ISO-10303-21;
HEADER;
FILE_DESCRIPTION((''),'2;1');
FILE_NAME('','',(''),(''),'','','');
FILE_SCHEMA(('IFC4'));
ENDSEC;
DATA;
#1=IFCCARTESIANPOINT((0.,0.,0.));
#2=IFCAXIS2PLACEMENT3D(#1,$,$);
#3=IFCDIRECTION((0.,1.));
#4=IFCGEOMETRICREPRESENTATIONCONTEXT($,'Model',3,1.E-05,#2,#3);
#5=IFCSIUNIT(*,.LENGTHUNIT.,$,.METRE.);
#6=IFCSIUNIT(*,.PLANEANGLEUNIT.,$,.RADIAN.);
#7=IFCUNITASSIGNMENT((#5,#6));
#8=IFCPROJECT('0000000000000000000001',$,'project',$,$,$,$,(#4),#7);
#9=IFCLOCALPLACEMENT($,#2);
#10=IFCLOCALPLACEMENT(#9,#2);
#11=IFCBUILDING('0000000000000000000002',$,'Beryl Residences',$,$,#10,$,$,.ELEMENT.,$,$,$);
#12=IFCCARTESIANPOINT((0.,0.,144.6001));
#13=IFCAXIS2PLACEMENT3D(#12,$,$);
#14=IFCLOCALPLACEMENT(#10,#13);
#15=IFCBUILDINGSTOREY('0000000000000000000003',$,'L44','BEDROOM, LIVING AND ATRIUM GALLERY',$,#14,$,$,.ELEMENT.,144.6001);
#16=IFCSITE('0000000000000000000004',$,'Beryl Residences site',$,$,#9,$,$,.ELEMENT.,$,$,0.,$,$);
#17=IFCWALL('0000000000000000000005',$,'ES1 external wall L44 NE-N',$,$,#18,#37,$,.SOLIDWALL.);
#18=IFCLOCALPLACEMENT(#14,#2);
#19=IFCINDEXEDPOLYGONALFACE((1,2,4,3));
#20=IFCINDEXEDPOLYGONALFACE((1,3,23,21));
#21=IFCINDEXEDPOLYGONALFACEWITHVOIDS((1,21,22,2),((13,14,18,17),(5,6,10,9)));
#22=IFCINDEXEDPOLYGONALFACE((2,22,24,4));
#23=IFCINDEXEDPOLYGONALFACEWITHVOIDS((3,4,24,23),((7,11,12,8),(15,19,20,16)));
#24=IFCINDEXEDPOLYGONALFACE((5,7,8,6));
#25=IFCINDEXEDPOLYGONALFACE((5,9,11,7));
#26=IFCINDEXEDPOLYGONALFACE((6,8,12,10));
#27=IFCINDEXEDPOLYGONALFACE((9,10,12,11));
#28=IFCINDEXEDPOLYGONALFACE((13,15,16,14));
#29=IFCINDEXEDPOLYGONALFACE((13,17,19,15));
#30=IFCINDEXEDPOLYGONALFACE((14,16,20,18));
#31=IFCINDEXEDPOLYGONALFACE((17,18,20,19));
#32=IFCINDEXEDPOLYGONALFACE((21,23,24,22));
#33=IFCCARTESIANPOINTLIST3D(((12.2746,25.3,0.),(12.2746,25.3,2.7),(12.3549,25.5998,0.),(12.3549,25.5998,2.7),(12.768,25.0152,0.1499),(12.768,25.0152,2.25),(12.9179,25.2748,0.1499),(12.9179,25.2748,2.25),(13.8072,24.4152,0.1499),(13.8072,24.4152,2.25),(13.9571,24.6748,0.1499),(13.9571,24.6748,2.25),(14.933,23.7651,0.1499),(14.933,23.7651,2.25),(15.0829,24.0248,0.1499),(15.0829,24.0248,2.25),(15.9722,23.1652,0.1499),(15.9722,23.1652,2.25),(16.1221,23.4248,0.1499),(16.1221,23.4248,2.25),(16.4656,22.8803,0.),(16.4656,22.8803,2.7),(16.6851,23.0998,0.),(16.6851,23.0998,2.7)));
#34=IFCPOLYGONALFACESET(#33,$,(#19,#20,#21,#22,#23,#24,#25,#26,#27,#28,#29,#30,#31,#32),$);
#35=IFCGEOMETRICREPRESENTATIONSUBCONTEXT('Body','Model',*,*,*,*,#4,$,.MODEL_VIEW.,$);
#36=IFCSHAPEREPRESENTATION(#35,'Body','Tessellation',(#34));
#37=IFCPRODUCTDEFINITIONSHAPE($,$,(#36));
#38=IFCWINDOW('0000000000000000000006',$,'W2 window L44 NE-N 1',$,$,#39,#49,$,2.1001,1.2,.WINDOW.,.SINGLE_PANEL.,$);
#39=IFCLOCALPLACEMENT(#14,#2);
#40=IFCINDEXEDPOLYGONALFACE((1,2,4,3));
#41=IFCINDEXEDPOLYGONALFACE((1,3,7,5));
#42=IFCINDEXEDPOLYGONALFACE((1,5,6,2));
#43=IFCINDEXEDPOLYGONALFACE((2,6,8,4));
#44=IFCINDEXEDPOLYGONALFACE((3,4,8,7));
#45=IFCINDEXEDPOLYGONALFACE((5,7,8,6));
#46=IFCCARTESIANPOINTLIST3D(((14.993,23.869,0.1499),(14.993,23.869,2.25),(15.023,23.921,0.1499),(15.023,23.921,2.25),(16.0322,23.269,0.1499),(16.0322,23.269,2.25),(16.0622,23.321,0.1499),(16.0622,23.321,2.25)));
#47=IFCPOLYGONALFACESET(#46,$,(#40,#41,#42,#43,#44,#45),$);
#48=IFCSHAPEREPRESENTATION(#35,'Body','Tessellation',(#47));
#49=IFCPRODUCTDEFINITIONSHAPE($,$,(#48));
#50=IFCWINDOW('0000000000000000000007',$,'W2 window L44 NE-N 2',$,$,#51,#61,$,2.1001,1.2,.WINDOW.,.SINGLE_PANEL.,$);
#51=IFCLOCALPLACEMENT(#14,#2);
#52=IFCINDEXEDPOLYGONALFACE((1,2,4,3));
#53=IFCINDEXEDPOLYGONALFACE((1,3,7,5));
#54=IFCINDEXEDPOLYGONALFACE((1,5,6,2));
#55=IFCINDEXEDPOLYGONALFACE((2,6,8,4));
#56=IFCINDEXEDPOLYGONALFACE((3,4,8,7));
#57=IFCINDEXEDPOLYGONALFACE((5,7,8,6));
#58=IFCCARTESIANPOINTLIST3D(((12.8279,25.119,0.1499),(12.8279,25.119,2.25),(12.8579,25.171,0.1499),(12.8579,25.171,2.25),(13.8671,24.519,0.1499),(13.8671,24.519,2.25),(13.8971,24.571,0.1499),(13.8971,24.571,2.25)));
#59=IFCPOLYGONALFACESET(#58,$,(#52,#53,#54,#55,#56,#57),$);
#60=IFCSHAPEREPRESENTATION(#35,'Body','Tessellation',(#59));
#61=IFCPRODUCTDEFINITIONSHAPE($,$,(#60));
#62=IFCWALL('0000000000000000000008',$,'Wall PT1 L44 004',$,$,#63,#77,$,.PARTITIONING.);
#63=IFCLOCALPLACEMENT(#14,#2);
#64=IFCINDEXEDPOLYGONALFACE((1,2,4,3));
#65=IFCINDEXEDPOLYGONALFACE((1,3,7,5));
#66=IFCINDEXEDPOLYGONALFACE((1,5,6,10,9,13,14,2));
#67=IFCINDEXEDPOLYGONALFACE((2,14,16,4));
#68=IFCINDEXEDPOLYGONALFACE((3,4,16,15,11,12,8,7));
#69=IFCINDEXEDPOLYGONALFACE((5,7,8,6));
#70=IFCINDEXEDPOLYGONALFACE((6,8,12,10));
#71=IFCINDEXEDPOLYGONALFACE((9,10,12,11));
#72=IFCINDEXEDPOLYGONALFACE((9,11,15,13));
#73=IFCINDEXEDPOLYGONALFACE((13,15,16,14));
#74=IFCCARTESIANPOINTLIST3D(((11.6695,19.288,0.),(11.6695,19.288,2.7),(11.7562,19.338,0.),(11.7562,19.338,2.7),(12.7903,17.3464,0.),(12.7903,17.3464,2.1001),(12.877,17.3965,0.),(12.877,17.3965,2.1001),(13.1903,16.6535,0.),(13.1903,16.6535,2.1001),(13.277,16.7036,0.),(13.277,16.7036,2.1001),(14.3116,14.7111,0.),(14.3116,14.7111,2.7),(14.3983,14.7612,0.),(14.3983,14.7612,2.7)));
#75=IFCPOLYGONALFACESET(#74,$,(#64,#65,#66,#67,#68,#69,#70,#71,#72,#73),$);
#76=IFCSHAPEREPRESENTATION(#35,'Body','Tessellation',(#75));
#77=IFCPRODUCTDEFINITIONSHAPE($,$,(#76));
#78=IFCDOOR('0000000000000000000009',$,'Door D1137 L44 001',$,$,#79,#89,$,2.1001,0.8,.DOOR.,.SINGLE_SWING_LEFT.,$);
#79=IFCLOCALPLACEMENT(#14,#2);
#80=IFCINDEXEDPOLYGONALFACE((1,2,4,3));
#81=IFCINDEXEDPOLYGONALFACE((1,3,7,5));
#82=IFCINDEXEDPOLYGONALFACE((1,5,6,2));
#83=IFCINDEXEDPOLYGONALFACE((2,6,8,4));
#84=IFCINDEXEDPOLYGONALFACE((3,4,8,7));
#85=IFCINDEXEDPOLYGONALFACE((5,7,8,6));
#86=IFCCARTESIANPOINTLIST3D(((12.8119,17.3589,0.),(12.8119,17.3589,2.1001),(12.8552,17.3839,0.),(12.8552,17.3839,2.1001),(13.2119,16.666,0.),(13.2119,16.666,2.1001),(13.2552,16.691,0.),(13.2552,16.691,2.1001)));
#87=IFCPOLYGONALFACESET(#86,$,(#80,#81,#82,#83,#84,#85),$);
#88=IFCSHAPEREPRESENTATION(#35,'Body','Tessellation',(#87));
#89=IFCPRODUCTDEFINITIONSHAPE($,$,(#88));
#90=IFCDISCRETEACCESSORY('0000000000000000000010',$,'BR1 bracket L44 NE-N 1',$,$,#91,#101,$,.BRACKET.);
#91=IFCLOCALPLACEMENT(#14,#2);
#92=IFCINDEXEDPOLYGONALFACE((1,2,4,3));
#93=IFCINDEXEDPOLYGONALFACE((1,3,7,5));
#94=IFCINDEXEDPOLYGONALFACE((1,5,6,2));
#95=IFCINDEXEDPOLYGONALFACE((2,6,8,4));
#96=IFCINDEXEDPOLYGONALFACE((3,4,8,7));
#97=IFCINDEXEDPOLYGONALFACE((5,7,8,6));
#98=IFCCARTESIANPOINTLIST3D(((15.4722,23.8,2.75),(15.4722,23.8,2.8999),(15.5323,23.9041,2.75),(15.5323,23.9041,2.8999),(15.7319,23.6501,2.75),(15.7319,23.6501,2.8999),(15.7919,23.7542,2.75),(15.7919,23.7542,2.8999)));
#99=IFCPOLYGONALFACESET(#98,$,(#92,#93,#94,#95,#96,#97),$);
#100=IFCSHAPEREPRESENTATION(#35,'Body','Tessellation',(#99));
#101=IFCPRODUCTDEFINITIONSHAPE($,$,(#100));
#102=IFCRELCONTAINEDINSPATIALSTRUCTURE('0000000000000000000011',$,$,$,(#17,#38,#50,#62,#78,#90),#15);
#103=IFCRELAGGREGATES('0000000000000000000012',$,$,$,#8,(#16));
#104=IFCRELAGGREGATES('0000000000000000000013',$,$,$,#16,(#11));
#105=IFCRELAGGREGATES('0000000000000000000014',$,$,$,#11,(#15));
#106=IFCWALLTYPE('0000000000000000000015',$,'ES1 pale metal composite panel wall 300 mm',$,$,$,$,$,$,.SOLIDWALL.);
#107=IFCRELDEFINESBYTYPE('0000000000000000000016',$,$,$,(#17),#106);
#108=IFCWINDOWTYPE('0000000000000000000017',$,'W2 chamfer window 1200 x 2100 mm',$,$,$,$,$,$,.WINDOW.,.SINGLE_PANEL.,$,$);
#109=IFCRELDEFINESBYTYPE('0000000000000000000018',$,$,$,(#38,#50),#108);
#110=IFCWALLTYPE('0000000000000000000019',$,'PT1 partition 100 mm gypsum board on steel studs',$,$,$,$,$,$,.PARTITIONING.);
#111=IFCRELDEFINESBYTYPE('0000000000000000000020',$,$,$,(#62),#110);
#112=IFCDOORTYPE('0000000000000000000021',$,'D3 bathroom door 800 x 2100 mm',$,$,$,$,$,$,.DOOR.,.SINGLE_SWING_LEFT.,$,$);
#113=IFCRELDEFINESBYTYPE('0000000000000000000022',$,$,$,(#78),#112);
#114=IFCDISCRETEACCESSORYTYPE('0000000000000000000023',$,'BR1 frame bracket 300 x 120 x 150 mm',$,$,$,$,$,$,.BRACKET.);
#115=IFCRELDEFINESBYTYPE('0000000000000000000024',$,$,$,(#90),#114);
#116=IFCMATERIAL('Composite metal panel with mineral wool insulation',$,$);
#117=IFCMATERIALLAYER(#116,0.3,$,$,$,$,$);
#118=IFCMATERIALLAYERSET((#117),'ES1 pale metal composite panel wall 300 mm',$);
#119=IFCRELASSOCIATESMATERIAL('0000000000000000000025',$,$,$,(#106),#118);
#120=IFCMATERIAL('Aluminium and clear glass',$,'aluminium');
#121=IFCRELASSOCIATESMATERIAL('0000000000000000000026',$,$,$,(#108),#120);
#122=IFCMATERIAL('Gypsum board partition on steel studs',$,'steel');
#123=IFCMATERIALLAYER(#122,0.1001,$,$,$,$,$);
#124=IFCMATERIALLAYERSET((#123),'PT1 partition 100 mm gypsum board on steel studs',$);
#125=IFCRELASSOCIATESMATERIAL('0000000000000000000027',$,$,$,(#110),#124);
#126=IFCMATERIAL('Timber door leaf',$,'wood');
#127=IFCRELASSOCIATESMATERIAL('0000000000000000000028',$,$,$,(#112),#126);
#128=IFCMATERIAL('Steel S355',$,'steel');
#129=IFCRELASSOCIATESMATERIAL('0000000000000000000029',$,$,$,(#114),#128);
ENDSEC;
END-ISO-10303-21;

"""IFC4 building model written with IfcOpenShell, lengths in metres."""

from ifc_helpers import new_model, si_unit, direction, frame, frame_2d, origin, place, context, subcontext, project, spatial, polyline, rectangle, outline, extrude, source, transform, mapped, material, layer, layer_set, type_object, type_shapes, element, fill, save


model = new_model("IFC4")

# Units and contexts
model_context = context("Model", 3, precision=1e-05, world=origin(), true_north=direction((0.0, 1.0)))
body_context = subcontext(model_context, "Body", "Model", "MODEL_VIEW")
ifc_project = project(units=[si_unit("LENGTHUNIT", "METRE"), si_unit("PLANEANGLEUNIT", "RADIAN")], contexts=[model_context])

# Site, building, storey
site_placement = place(None, origin())
site = spatial("IfcSite", under=ifc_project, at=site_placement, Name="Beryl Residences site", CompositionType="ELEMENT", RefElevation=0.0)
building_placement = place(site_placement, origin())
building = spatial("IfcBuilding", under=site, at=building_placement, Name="Beryl Residences", CompositionType="ELEMENT")
storey_placement = place(building_placement, frame((0.0, 0.0, 144.6001)))
storey = spatial("IfcBuildingStorey", under=building, at=storey_placement, Name="L44", Description="BEDROOM, LIVING AND ATRIUM GALLERY", CompositionType="ELEMENT", Elevation=144.6001)

# Wall, openings, windows
ifc_material_1 = material(Name="Composite metal panel with mineral wool insulation")
ifc_layer_1 = layer(ifc_material_1, 0.3)
ifc_layer_set_1 = layer_set([ifc_layer_1], Name="ES1 pale metal composite panel wall 300 mm")
wall_type_1 = type_object("IfcWallType", Name="ES1 pale metal composite panel wall 300 mm", PredefinedType="SOLIDWALL", material=ifc_layer_set_1)
wall_1_placement = place(storey_placement, frame((16.6101, 22.97, 0.0), z_axis=(0.0, 0.0, 1.0), x_axis=(-0.866023, 0.500004, 0.0)))
wall_1 = element("IfcWall", 1, at=wall_1_placement, inside=storey, type_object=wall_type_1, Name="ES1 external wall L44 NE-N", PredefinedType="SOLIDWALL", context=body_context, shape_type="SweptSolid", body=[
    extrude(outline(polyline([(0.0, -0.1499), (5.0, -0.1499), (4.9197, 0.1499), (0.0803, 0.1499), (0.0, -0.1499)])), origin(), (0.0, 0.0, 1.0), 2.7),
])
opening_1_placement = place(wall_1_placement, frame((0.6499, 0.0, 0.1499)))
opening_1 = element("IfcOpeningElement", 2, at=opening_1_placement, cuts=wall_1, PredefinedType="OPENING", context=body_context, shape_type="SweptSolid", body=[
    extrude(rectangle(XDim=1.2, YDim=2.1001, at=frame_2d((0.6001, 1.05))), frame((0.0, 0.1599, 0.0), z_axis=(0.0, -1.0, 0.0), x_axis=(1.0, 0.0, 0.0)), (0.0, 0.0, 1.0), 0.3201),
])
opening_2_placement = place(wall_1_placement, frame((3.1499, 0.0, 0.1499)))
opening_2 = element("IfcOpeningElement", 3, at=opening_2_placement, cuts=wall_1, PredefinedType="OPENING", context=body_context, shape_type="SweptSolid", body=[
    extrude(rectangle(XDim=1.2, YDim=2.1001, at=frame_2d((0.6001, 1.05))), frame((0.0, 0.1599, 0.0), z_axis=(0.0, -1.0, 0.0), x_axis=(1.0, 0.0, 0.0)), (0.0, 0.0, 1.0), 0.3201),
])
ifc_material_2 = material(Name="Aluminium and clear glass", Category="aluminium")
window_type_1 = type_object("IfcWindowType", Name="W2 chamfer window 1200 x 2100 mm", PartitioningType="SINGLE_PANEL", PredefinedType="WINDOW", material=ifc_material_2)
window_1_placement = place(opening_1_placement, origin())
window_1 = element("IfcWindow", 4, at=window_1_placement, inside=storey, type_object=window_type_1, Name="W2 window L44 NE-N 1", OverallHeight=2.1001, OverallWidth=1.2, PartitioningType="SINGLE_PANEL", PredefinedType="WINDOW", context=body_context, shape_type="SweptSolid", body=[
    extrude(rectangle(XDim=1.2, YDim=2.1001, at=frame_2d((0.6001, 1.05))), frame((0.0, 0.03, 0.0), z_axis=(0.0, -1.0, 0.0), x_axis=(1.0, 0.0, 0.0)), (0.0, 0.0, 1.0), 0.0601),
])
fill(opening_1, window_1)
window_2_placement = place(opening_2_placement, origin())
window_2 = element("IfcWindow", 5, at=window_2_placement, inside=storey, type_object=window_type_1, Name="W2 window L44 NE-N 2", OverallHeight=2.1001, OverallWidth=1.2, PartitioningType="SINGLE_PANEL", PredefinedType="WINDOW", context=body_context, shape_type="SweptSolid", body=[
    extrude(rectangle(XDim=1.2, YDim=2.1001, at=frame_2d((0.6001, 1.05))), frame((0.0, 0.03, 0.0), z_axis=(0.0, -1.0, 0.0), x_axis=(1.0, 0.0, 0.0)), (0.0, 0.0, 1.0), 0.0601),
])
fill(opening_2, window_2)

# Wall, opening, door
ifc_material_3 = material(Name="Gypsum board partition on steel studs", Category="steel")
ifc_layer_2 = layer(ifc_material_3, 0.1001)
ifc_layer_set_2 = layer_set([ifc_layer_2], Name="PT1 partition 100 mm gypsum board on steel studs")
wall_type_2 = type_object("IfcWallType", Name="PT1 partition 100 mm gypsum board on steel studs", PredefinedType="PARTITIONING", material=ifc_layer_set_2)
wall_2_placement = place(storey_placement, frame((11.7129, 19.313, 0.0), z_axis=(0.0, 0.0, 1.0), x_axis=(0.499945, -0.866057, 0.0)))
wall_2 = element("IfcWall", 6, at=wall_2_placement, inside=storey, type_object=wall_type_2, Name="Wall PT1 L44 004", PredefinedType="PARTITIONING", context=body_context, shape_type="SweptSolid", body=[
    extrude(rectangle(XDim=5.2847, YDim=0.1001, at=frame_2d((2.6423, 0.0))), origin(), (0.0, 0.0, 1.0), 2.7),
])
opening_3_placement = place(wall_2_placement, frame((2.2419, 0.0, 0.0)))
opening_3 = element("IfcOpeningElement", 7, at=opening_3_placement, cuts=wall_2, PredefinedType="OPENING", context=body_context, shape_type="SweptSolid", body=[
    extrude(rectangle(XDim=0.8, YDim=2.1001, at=frame_2d((0.3999, 1.05))), frame((0.0, 0.0601, 0.0), z_axis=(0.0, -1.0, 0.0), x_axis=(1.0, 0.0, 0.0)), (0.0, 0.0, 1.0), 0.1201),
])
ifc_material_4 = material(Name="Timber door leaf", Category="wood")
door_type = type_object("IfcDoorType", Name="D3 bathroom door 800 x 2100 mm", OperationType="SINGLE_SWING_LEFT", PredefinedType="DOOR", material=ifc_material_4)
door_placement = place(opening_3_placement, origin())
door = element("IfcDoor", 8, at=door_placement, inside=storey, type_object=door_type, Name="Door D1137 L44 001", OperationType="SINGLE_SWING_LEFT", OverallHeight=2.1001, OverallWidth=0.8, PredefinedType="DOOR", context=body_context, shape_type="SweptSolid", body=[
    extrude(rectangle(XDim=0.8, YDim=2.1001, at=frame_2d((0.3999, 1.05))), frame((0.0, 0.0249, 0.0), z_axis=(0.0, -1.0, 0.0), x_axis=(1.0, 0.0, 0.0)), (0.0, 0.0, 1.0), 0.05),
])
fill(opening_3, door)

# Discrete accessory
ifc_material_5 = material(Name="Steel S355", Category="steel")
discrete_accessory_type = type_object("IfcDiscreteAccessoryType", Name="BR1 frame bracket 300 x 120 x 150 mm", PredefinedType="BRACKET", material=ifc_material_5)
shared_shape_1 = source(origin(), body_context, "Body", "SweptSolid", [
    extrude(outline(polyline([(-0.1499, 0.0), (0.1499, 0.0), (0.1499, 0.1201), (-0.1499, 0.1201), (-0.1499, 0.0)])), origin(), (0.0, 0.0, 1.0), 0.1499),
])
type_shapes(discrete_accessory_type, [shared_shape_1])
discrete_accessory_placement = place(storey_placement, frame((15.6021, 23.7251, 2.75), z_axis=(0.0, 0.0, 1.0), x_axis=(0.866025, -0.5, 0.0)))
element("IfcDiscreteAccessory", 9, at=discrete_accessory_placement, inside=storey, type_object=discrete_accessory_type, Name="BR1 bracket L44 NE-N 1", PredefinedType="BRACKET", context=body_context, shape_type="MappedRepresentation", body=[
    mapped(shared_shape_1, transform((0.0, 0.0, 0.0))),
])

save(model, "model.ifc")
